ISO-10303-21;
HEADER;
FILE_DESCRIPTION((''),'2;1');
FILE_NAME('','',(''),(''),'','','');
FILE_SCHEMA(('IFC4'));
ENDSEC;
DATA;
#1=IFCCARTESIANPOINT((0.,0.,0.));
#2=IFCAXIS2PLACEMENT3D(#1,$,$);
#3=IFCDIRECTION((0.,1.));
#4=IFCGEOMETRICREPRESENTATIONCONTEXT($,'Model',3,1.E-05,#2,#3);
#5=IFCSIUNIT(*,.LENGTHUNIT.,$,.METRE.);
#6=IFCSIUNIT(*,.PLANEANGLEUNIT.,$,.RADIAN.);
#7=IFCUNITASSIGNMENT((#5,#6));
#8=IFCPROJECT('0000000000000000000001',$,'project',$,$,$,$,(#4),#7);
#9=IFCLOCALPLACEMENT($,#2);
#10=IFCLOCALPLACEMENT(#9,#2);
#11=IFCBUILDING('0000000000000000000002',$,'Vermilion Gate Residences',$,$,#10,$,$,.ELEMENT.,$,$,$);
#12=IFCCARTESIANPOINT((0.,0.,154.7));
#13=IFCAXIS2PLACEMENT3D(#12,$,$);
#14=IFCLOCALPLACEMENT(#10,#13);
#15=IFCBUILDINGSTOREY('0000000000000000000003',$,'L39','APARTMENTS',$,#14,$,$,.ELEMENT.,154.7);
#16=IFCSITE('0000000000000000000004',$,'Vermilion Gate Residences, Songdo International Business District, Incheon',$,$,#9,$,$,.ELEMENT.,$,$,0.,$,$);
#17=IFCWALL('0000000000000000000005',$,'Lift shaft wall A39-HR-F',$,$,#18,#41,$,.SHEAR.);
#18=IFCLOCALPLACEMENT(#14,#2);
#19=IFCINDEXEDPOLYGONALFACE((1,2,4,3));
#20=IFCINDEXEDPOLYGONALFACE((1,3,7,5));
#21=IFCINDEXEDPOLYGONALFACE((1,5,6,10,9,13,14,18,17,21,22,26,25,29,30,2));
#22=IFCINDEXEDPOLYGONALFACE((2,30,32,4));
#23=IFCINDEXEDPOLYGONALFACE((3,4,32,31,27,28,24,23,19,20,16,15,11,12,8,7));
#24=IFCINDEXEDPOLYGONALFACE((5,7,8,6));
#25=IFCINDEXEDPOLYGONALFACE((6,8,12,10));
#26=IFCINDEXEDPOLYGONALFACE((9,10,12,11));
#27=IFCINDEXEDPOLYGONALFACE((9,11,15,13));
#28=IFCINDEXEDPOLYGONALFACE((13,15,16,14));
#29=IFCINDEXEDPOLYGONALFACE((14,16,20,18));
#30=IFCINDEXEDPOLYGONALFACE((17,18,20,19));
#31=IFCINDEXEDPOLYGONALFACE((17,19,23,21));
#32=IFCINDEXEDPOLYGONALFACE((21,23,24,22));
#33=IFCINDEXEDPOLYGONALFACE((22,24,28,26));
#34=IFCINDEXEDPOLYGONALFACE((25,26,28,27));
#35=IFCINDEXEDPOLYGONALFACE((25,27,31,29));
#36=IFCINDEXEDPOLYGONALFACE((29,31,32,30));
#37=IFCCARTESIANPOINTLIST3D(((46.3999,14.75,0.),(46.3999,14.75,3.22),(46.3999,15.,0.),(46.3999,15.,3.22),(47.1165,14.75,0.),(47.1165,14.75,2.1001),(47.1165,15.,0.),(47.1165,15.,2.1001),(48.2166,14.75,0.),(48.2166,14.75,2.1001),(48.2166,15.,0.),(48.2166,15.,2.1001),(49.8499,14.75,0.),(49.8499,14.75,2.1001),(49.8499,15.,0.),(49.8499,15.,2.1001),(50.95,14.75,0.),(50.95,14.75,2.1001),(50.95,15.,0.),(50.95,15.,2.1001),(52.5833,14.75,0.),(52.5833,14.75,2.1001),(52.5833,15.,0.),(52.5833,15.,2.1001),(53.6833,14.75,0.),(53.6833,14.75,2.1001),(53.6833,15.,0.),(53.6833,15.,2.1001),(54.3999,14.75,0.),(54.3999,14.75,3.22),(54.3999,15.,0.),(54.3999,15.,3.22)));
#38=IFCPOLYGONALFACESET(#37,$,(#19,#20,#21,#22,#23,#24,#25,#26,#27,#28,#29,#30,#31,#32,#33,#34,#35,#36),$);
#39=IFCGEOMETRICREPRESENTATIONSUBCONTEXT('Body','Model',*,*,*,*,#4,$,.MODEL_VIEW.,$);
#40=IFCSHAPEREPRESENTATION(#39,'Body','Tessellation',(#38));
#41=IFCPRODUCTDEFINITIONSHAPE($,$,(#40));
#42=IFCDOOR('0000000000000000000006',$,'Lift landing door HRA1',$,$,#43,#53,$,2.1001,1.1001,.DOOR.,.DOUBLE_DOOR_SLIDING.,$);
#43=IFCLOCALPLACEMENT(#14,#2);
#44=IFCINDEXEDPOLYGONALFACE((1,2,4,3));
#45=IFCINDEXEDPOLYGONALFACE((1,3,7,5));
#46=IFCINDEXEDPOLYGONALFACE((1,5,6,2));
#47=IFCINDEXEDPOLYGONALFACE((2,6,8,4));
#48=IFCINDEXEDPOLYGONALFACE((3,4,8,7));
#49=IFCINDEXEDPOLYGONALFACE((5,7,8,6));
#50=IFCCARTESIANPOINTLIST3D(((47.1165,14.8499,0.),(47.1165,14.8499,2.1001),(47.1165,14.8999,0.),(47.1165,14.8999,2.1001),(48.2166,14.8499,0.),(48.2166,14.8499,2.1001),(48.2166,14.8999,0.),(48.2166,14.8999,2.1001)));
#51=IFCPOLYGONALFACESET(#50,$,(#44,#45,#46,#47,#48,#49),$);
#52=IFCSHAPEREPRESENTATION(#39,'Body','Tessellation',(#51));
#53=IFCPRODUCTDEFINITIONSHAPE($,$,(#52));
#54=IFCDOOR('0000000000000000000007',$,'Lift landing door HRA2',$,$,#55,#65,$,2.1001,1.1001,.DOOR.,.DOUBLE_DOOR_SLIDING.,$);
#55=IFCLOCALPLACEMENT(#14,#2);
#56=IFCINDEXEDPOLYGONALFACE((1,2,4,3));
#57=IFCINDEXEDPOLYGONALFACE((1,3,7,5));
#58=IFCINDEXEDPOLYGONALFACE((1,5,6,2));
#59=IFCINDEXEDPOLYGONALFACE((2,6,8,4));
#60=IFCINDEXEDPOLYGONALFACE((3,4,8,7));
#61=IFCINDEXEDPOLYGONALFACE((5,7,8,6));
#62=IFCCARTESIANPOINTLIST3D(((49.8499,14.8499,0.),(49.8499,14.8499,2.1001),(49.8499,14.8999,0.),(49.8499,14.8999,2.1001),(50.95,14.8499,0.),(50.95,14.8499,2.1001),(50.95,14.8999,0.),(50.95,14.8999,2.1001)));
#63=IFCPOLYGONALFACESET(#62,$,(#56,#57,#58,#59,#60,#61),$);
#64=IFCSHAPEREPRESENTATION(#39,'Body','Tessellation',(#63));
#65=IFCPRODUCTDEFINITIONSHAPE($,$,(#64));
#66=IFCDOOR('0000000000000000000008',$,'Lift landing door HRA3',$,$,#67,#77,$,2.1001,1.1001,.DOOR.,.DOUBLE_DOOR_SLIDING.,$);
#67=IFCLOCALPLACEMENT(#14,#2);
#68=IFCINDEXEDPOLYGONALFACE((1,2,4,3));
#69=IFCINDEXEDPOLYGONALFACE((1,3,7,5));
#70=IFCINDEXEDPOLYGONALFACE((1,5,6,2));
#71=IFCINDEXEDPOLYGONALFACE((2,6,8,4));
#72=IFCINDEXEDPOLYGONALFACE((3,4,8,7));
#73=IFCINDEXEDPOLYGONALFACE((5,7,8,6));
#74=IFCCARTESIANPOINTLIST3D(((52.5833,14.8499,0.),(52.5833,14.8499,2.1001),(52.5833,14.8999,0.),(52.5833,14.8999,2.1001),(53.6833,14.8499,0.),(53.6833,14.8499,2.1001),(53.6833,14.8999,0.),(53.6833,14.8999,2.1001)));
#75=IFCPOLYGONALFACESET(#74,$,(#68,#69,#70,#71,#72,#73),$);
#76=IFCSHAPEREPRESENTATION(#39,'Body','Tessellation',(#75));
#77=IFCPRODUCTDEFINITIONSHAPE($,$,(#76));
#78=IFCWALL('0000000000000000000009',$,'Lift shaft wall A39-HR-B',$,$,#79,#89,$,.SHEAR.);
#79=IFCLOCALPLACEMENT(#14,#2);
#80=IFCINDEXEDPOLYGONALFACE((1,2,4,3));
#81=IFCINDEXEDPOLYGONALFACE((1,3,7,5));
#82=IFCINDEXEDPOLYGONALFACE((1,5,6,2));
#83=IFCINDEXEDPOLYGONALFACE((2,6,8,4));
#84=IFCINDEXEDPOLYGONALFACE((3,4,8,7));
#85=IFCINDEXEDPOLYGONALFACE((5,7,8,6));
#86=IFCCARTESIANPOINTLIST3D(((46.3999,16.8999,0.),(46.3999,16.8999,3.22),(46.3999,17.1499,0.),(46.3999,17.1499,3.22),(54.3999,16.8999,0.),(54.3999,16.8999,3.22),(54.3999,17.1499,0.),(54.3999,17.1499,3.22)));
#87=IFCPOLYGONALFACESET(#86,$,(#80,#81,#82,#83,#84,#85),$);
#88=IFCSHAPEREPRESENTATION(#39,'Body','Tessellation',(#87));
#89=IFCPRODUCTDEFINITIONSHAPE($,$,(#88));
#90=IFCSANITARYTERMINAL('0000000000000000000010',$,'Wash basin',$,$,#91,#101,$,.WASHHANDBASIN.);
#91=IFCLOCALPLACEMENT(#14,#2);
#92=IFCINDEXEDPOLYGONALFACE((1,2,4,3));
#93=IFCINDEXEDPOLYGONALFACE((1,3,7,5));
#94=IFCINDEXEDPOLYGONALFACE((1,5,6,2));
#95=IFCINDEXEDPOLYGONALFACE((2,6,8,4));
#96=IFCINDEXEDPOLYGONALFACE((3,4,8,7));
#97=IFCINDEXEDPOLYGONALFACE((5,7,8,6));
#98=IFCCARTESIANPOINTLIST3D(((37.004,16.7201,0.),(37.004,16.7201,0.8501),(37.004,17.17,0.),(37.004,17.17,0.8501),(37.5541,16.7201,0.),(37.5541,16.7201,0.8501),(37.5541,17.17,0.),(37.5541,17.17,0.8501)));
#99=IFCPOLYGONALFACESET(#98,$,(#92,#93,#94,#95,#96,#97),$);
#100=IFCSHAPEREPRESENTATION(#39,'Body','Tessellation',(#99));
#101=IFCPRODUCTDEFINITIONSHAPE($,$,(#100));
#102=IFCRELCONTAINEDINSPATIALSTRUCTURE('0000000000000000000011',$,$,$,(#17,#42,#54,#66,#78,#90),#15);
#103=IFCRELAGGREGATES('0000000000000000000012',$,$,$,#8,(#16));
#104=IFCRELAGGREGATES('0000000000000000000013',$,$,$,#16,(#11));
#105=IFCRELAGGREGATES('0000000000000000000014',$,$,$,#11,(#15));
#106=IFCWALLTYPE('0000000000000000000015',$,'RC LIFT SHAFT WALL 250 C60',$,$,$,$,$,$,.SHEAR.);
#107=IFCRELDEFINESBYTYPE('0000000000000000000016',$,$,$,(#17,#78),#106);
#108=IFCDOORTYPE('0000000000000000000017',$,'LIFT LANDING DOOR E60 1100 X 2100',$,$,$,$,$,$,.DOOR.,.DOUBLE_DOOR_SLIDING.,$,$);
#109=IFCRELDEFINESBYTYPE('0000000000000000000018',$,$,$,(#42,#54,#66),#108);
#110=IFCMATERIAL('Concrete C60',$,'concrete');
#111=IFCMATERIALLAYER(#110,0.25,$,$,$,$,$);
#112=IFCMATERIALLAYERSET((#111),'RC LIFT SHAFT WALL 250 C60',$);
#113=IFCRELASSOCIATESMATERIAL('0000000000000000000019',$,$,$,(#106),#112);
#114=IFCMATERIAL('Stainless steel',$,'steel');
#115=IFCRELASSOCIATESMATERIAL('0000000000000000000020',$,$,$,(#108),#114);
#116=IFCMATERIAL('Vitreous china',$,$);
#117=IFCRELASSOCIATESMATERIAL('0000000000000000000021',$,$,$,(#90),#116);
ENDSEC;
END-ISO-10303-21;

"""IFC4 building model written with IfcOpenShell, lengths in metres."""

from ifc_helpers import new_model, si_unit, direction, frame, frame_2d, origin, origin_2d, place, context, subcontext, project, spatial, rectangle, extrude, material, layer, layer_set, type_object, element, fill, save


model = new_model("IFC4")

# Units and contexts
model_context = context("Model", 3, precision=1e-05, world=origin(), true_north=direction((0.0, 1.0)))
body_context = subcontext(model_context, "Body", "Model", "MODEL_VIEW")
ifc_project = project(units=[si_unit("LENGTHUNIT", "METRE"), si_unit("PLANEANGLEUNIT", "RADIAN")], contexts=[model_context])

# Site, building, storey
site_placement = place(None, origin())
site = spatial("IfcSite", under=ifc_project, at=site_placement, Name="Vermilion Gate Residences, Songdo International Business District, Incheon", CompositionType="ELEMENT", RefElevation=0.0)
building_placement = place(site_placement, origin())
building = spatial("IfcBuilding", under=site, at=building_placement, Name="Vermilion Gate Residences", CompositionType="ELEMENT")
storey_placement = place(building_placement, frame((0.0, 0.0, 154.7)))
storey = spatial("IfcBuildingStorey", under=building, at=storey_placement, Name="L39", Description="APARTMENTS", CompositionType="ELEMENT", Elevation=154.7)

# Wall, openings, doors
ifc_material_1 = material(Name="Concrete C60", Category="concrete")
ifc_layer_1 = layer(ifc_material_1, 0.25)
ifc_layer_set_1 = layer_set([ifc_layer_1], Name="RC LIFT SHAFT WALL 250 C60")
wall_type_1 = type_object("IfcWallType", Name="RC LIFT SHAFT WALL 250 C60", PredefinedType="SHEAR", material=ifc_layer_set_1)
wall_1_placement = place(storey_placement, frame((46.3999, 14.875, 0.0), z_axis=(0.0, 0.0, 1.0), x_axis=(1.0, 0.0, 0.0)))
wall_1 = element("IfcWall", 1, at=wall_1_placement, inside=storey, type_object=wall_type_1, Name="Lift shaft wall A39-HR-F", PredefinedType="SHEAR", context=body_context, shape_type="SweptSolid", body=[
    extrude(rectangle(XDim=8.0, YDim=0.25, at=frame_2d((4.0, 0.0))), origin(), (0.0, 0.0, 1.0), 3.22),
])
opening_1_placement = place(wall_1_placement, frame((0.7166, 0.0, 0.0)))
opening_1 = element("IfcOpeningElement", 2, at=opening_1_placement, cuts=wall_1, PredefinedType="OPENING", context=body_context, shape_type="SweptSolid", body=[
    extrude(rectangle(XDim=1.1001, YDim=2.1001, at=frame_2d((0.55, 1.05))), frame((0.0, 0.135, 0.0), z_axis=(0.0, -1.0, 0.0), x_axis=(1.0, 0.0, 0.0)), (0.0, 0.0, 1.0), 0.27),
])
opening_2_placement = place(wall_1_placement, frame((3.45, 0.0, 0.0)))
opening_2 = element("IfcOpeningElement", 3, at=opening_2_placement, cuts=wall_1, PredefinedType="OPENING", context=body_context, shape_type="SweptSolid", body=[
    extrude(rectangle(XDim=1.1001, YDim=2.1001, at=frame_2d((0.55, 1.05))), frame((0.0, 0.135, 0.0), z_axis=(0.0, -1.0, 0.0), x_axis=(1.0, 0.0, 0.0)), (0.0, 0.0, 1.0), 0.27),
])
opening_3_placement = place(wall_1_placement, frame((6.1833, 0.0, 0.0)))
opening_3 = element("IfcOpeningElement", 4, at=opening_3_placement, cuts=wall_1, PredefinedType="OPENING", context=body_context, shape_type="SweptSolid", body=[
    extrude(rectangle(XDim=1.1001, YDim=2.1001, at=frame_2d((0.55, 1.05))), frame((0.0, 0.135, 0.0), z_axis=(0.0, -1.0, 0.0), x_axis=(1.0, 0.0, 0.0)), (0.0, 0.0, 1.0), 0.27),
])
ifc_material_2 = material(Name="Stainless steel", Category="steel")
door_type_1 = type_object("IfcDoorType", Name="LIFT LANDING DOOR E60 1100 X 2100", OperationType="DOUBLE_DOOR_SLIDING", PredefinedType="DOOR", material=ifc_material_2)
door_1_placement = place(opening_1_placement, origin())
door_1 = element("IfcDoor", 5, at=door_1_placement, inside=storey, type_object=door_type_1, Name="Lift landing door HRA1", OperationType="DOUBLE_DOOR_SLIDING", OverallHeight=2.1001, OverallWidth=1.1001, PredefinedType="DOOR", context=body_context, shape_type="SweptSolid", body=[
    extrude(rectangle(XDim=1.1001, YDim=2.1001, at=frame_2d((0.55, 1.05))), frame((0.0, 0.0249, 0.0), z_axis=(0.0, -1.0, 0.0), x_axis=(1.0, 0.0, 0.0)), (0.0, 0.0, 1.0), 0.05),
])
fill(opening_1, door_1)
door_2_placement = place(opening_2_placement, origin())
door_2 = element("IfcDoor", 6, at=door_2_placement, inside=storey, type_object=door_type_1, Name="Lift landing door HRA2", OperationType="DOUBLE_DOOR_SLIDING", OverallHeight=2.1001, OverallWidth=1.1001, PredefinedType="DOOR", context=body_context, shape_type="SweptSolid", body=[
    extrude(rectangle(XDim=1.1001, YDim=2.1001, at=frame_2d((0.55, 1.05))), frame((0.0, 0.0249, 0.0), z_axis=(0.0, -1.0, 0.0), x_axis=(1.0, 0.0, 0.0)), (0.0, 0.0, 1.0), 0.05),
])
fill(opening_2, door_2)
door_3_placement = place(opening_3_placement, origin())
door_3 = element("IfcDoor", 7, at=door_3_placement, inside=storey, type_object=door_type_1, Name="Lift landing door HRA3", OperationType="DOUBLE_DOOR_SLIDING", OverallHeight=2.1001, OverallWidth=1.1001, PredefinedType="DOOR", context=body_context, shape_type="SweptSolid", body=[
    extrude(rectangle(XDim=1.1001, YDim=2.1001, at=frame_2d((0.55, 1.05))), frame((0.0, 0.0249, 0.0), z_axis=(0.0, -1.0, 0.0), x_axis=(1.0, 0.0, 0.0)), (0.0, 0.0, 1.0), 0.05),
])
fill(opening_3, door_3)

# Wall
wall_2_placement = place(storey_placement, frame((46.3999, 17.0249, 0.0), z_axis=(0.0, 0.0, 1.0), x_axis=(1.0, 0.0, 0.0)))
element("IfcWall", 8, at=wall_2_placement, inside=storey, type_object=wall_type_1, Name="Lift shaft wall A39-HR-B", PredefinedType="SHEAR", context=body_context, shape_type="SweptSolid", body=[
    extrude(rectangle(XDim=8.0, YDim=0.25, at=frame_2d((4.0, 0.0))), origin(), (0.0, 0.0, 1.0), 3.22),
])

# Sanitary terminal
ifc_material_3 = material(Name="Vitreous china")
sanitary_terminal_placement = place(storey_placement, frame((37.2791, 16.9451, 0.0), z_axis=(0.0, 0.0, 1.0), x_axis=(1.0, 0.0, 0.0)))
element("IfcSanitaryTerminal", 9, at=sanitary_terminal_placement, inside=storey, material=ifc_material_3, Name="Wash basin", PredefinedType="WASHHANDBASIN", context=body_context, shape_type="SweptSolid", body=[
    extrude(rectangle(XDim=0.55, YDim=0.45, at=origin_2d()), origin(), (0.0, 0.0, 1.0), 0.8501),
])

save(model, "model.ifc")
